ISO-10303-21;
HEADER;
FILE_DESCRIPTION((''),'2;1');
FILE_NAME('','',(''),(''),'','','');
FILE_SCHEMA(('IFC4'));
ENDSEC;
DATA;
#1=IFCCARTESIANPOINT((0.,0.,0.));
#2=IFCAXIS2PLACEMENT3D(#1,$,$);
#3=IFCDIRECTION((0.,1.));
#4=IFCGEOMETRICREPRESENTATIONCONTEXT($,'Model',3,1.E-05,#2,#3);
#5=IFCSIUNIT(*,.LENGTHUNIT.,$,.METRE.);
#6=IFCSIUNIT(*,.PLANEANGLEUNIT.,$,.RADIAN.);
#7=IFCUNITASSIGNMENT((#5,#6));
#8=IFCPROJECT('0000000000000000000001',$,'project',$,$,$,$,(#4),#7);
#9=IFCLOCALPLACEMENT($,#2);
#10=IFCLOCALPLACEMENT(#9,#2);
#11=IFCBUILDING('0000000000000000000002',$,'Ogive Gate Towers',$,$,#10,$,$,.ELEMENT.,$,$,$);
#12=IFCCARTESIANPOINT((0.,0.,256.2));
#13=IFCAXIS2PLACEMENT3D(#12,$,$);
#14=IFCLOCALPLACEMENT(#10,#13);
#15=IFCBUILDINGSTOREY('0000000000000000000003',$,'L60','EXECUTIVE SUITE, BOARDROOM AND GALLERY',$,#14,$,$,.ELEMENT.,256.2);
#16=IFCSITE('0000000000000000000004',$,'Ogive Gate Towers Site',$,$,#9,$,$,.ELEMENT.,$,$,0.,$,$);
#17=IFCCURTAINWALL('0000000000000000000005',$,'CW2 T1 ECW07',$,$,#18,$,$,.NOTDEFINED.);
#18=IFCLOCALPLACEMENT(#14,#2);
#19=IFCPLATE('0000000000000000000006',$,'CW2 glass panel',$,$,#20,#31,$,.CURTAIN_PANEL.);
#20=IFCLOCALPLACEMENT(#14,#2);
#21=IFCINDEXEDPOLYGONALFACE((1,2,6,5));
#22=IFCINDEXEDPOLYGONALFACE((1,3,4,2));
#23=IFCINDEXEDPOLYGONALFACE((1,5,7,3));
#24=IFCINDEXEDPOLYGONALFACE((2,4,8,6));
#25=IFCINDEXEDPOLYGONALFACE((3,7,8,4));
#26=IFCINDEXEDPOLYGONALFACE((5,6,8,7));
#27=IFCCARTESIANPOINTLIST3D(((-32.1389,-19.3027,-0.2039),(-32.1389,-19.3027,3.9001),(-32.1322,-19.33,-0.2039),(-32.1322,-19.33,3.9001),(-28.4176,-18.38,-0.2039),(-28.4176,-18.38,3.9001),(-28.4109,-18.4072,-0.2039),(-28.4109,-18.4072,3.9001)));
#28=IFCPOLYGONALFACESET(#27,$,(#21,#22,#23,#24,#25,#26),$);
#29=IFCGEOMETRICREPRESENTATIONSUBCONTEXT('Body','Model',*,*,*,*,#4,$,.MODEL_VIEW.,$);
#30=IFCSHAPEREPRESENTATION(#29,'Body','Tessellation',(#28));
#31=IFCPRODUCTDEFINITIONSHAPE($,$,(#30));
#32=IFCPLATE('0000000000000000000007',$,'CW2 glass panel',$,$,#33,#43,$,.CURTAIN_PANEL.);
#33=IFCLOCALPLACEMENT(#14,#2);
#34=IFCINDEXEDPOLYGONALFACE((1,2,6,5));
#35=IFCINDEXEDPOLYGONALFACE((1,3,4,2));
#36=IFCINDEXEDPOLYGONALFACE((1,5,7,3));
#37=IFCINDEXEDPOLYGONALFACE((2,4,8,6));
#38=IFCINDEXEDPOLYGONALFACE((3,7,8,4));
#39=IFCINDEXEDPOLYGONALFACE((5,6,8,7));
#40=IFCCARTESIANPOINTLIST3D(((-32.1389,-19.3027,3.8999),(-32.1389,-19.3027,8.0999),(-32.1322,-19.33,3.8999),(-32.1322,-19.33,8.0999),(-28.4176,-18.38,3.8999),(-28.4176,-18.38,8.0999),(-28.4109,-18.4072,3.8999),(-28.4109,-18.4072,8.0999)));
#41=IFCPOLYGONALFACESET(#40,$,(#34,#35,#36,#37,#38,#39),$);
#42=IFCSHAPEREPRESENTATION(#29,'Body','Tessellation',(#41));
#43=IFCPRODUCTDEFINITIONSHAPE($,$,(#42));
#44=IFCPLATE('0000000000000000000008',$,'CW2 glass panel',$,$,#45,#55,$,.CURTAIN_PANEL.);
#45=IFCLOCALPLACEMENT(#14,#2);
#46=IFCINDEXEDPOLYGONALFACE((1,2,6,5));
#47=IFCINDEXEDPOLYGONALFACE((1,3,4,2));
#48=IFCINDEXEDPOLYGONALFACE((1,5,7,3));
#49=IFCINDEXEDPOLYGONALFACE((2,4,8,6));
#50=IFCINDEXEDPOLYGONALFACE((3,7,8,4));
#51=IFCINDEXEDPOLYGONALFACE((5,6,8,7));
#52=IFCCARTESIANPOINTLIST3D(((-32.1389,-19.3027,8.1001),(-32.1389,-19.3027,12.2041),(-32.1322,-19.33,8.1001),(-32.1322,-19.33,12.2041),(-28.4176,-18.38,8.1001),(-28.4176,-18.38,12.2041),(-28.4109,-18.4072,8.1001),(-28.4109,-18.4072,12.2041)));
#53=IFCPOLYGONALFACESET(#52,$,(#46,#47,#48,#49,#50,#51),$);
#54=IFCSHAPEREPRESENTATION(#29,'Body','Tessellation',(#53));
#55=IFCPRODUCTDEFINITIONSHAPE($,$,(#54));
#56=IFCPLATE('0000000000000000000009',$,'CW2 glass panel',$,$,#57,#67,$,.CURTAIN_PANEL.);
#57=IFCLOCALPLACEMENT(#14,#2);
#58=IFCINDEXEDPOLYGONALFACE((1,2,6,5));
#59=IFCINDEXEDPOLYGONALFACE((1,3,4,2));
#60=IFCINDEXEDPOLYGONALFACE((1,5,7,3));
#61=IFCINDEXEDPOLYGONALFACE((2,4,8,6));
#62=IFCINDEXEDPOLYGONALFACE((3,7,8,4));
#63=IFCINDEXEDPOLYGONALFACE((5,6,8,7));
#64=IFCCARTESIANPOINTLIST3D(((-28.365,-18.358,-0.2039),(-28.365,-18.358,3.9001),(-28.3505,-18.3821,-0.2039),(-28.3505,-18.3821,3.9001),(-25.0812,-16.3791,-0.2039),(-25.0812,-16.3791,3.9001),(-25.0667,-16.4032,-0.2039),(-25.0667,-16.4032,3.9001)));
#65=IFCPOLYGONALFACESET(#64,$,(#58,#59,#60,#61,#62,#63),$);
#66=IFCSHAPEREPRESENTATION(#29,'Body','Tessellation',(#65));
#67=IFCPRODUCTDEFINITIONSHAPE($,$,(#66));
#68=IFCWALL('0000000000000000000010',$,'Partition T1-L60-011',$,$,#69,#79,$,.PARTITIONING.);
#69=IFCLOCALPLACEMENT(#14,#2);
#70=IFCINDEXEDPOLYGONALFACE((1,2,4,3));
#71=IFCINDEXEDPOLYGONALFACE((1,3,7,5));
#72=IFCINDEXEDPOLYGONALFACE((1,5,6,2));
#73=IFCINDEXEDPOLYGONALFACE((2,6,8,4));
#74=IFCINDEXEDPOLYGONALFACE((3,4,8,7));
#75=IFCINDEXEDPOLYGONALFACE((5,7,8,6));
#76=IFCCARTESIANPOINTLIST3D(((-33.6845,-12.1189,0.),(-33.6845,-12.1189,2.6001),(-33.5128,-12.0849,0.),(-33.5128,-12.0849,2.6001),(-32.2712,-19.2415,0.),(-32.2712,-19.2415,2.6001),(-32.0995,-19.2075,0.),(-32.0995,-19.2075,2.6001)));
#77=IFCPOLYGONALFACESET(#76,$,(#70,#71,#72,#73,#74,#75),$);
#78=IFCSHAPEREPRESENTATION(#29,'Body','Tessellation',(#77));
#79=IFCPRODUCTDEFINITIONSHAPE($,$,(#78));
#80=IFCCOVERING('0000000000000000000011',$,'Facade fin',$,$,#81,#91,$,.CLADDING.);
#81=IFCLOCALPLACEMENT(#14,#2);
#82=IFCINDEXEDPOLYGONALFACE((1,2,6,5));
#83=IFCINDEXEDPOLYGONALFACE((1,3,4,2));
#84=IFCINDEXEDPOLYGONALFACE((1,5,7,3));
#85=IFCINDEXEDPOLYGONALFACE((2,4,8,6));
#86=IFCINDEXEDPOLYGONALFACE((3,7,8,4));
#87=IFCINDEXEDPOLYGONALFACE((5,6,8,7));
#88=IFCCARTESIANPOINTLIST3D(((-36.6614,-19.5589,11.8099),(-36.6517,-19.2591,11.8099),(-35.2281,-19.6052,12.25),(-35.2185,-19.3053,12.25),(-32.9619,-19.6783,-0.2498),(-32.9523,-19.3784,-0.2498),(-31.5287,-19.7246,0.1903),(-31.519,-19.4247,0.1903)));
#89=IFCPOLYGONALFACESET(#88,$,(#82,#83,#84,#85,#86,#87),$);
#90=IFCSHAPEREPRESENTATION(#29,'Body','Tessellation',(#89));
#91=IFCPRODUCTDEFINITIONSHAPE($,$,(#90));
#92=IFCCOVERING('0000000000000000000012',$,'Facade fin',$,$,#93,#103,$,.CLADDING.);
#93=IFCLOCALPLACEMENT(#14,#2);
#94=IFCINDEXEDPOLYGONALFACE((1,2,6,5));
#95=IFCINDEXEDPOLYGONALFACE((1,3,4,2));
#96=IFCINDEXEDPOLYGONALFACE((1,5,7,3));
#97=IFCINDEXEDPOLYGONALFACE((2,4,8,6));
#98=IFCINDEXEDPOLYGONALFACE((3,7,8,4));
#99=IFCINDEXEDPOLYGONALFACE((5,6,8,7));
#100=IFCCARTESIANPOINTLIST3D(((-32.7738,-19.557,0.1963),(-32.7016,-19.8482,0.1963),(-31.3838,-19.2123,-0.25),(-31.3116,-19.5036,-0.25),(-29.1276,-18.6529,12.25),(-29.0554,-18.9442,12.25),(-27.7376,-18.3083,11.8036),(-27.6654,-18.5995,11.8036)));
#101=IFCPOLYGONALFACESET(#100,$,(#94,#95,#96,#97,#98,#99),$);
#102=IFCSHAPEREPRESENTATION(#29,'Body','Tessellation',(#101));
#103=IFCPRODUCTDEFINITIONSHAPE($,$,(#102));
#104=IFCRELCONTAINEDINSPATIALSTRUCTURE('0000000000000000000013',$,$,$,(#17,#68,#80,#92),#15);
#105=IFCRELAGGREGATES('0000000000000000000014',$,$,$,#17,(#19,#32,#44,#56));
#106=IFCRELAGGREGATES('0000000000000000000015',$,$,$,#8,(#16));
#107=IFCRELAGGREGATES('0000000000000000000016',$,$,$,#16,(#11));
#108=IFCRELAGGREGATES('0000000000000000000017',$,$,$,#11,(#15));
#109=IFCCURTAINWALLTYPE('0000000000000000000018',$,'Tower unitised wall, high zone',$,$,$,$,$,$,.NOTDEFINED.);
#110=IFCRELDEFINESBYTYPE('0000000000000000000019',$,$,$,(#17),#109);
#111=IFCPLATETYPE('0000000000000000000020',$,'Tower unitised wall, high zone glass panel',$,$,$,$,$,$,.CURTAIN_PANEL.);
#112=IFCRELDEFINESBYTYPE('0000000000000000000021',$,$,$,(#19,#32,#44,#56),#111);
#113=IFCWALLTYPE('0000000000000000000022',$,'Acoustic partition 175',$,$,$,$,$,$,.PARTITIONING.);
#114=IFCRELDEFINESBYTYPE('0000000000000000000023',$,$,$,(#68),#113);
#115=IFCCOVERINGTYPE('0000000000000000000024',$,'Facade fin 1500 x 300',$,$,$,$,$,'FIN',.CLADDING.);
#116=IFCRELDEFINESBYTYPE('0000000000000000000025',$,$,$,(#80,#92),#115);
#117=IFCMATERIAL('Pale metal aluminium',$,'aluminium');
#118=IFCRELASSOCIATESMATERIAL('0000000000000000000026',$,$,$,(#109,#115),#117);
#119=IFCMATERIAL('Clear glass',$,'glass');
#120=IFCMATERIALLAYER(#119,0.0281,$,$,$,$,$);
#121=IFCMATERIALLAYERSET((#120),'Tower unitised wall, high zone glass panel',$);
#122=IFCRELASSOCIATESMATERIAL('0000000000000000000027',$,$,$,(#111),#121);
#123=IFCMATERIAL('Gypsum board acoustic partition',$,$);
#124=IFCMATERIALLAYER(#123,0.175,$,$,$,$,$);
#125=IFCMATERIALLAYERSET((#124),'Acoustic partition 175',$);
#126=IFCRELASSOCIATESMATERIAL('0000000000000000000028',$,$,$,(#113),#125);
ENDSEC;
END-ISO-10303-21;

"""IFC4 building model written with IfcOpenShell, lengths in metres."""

from ifc_helpers import new_model, si_unit, direction, frame, frame_2d, origin, origin_2d, place, context, subcontext, project, spatial, rectangle, extrude, material, layer, layer_set, material_profile, profile_set, type_object, element, aggregate, save


model = new_model("IFC4")

# Units and contexts
model_context = context("Model", 3, precision=1e-05, world=origin(), true_north=direction((0.0, 1.0)))
body_context = subcontext(model_context, "Body", "Model", "MODEL_VIEW")
ifc_project = project(units=[si_unit("LENGTHUNIT", "METRE"), si_unit("PLANEANGLEUNIT", "RADIAN")], contexts=[model_context])

# Site, building, storey
site_placement = place(None, origin())
site = spatial("IfcSite", under=ifc_project, at=site_placement, Name="Ogive Gate Towers Site", CompositionType="ELEMENT", RefElevation=0.0)
building_placement = place(site_placement, origin())
building = spatial("IfcBuilding", under=site, at=building_placement, Name="Ogive Gate Towers", CompositionType="ELEMENT")
storey_placement = place(building_placement, frame((0.0, 0.0, 256.2)))
storey = spatial("IfcBuildingStorey", under=building, at=storey_placement, Name="L60", Description="EXECUTIVE SUITE, BOARDROOM AND GALLERY", CompositionType="ELEMENT", Elevation=256.2)

# Curtain wall, plates
ifc_material_1 = material(Name="Pale metal aluminium", Category="aluminium")
curtain_wall_type = type_object("IfcCurtainWallType", Name="Tower unitised wall, high zone", PredefinedType="NOTDEFINED", material=ifc_material_1)
curtain_wall_placement = place(storey_placement, origin())
curtain_wall = element("IfcCurtainWall", 1, at=curtain_wall_placement, inside=storey, type_object=curtain_wall_type, Name="CW2 T1 ECW07", PredefinedType="NOTDEFINED")
ifc_material_2 = material(Name="Clear glass", Category="glass")
ifc_layer_1 = layer(ifc_material_2, 0.0281)
ifc_layer_set_1 = layer_set([ifc_layer_1], Name="Tower unitised wall, high zone glass panel")
plate_type = type_object("IfcPlateType", Name="Tower unitised wall, high zone glass panel", PredefinedType="CURTAIN_PANEL", material=ifc_layer_set_1)
plate_1_placement = place(storey_placement, frame((-30.2749, -18.855, -0.2039), z_axis=(0.0, 0.0, 1.0), x_axis=(0.970607, 0.240669, 0.0)))
plate_1 = element("IfcPlate", 2, at=plate_1_placement, type_object=plate_type, Name="CW2 glass panel", PredefinedType="CURTAIN_PANEL", context=body_context, shape_type="SweptSolid", body=[
    extrude(rectangle(XDim=3.834, YDim=0.0281, at=origin_2d()), origin(), (0.0, 0.0, 1.0), 4.104),
])
plate_2_placement = place(storey_placement, frame((-30.2749, -18.855, 3.8999), z_axis=(0.0, 0.0, 1.0), x_axis=(0.970607, 0.240669, 0.0)))
plate_2 = element("IfcPlate", 3, at=plate_2_placement, type_object=plate_type, Name="CW2 glass panel", PredefinedType="CURTAIN_PANEL", context=body_context, shape_type="SweptSolid", body=[
    extrude(rectangle(XDim=3.834, YDim=0.0281, at=origin_2d()), origin(), (0.0, 0.0, 1.0), 4.2),
])
plate_3_placement = place(storey_placement, frame((-30.2749, -18.855, 8.1001), z_axis=(0.0, 0.0, 1.0), x_axis=(0.970607, 0.240669, 0.0)))
plate_3 = element("IfcPlate", 4, at=plate_3_placement, type_object=plate_type, Name="CW2 glass panel", PredefinedType="CURTAIN_PANEL", context=body_context, shape_type="SweptSolid", body=[
    extrude(rectangle(XDim=3.834, YDim=0.0281, at=origin_2d()), origin(), (0.0, 0.0, 1.0), 4.104),
])
plate_4_placement = place(storey_placement, frame((-26.7158, -17.3806, -0.2039), z_axis=(0.0, 0.0, 1.0), x_axis=(0.856501, 0.516145, 0.0)))
plate_4 = element("IfcPlate", 5, at=plate_4_placement, type_object=plate_type, Name="CW2 glass panel", PredefinedType="CURTAIN_PANEL", context=body_context, shape_type="SweptSolid", body=[
    extrude(rectangle(XDim=3.834, YDim=0.0281, at=origin_2d()), origin(), (0.0, 0.0, 1.0), 4.104),
])
aggregate(curtain_wall, [plate_1, plate_2, plate_3, plate_4])

# Wall
ifc_material_3 = material(Name="Gypsum board acoustic partition")
ifc_layer_2 = layer(ifc_material_3, 0.175)
ifc_layer_set_2 = layer_set([ifc_layer_2], Name="Acoustic partition 175")
wall_type = type_object("IfcWallType", Name="Acoustic partition 175", PredefinedType="PARTITIONING", material=ifc_layer_set_2)
wall_placement = place(storey_placement, frame((-32.1853, -19.2246, 0.0), z_axis=(0.0, 0.0, 1.0), x_axis=(-0.194635, 0.980876, 0.0)))
element("IfcWall", 6, at=wall_placement, inside=storey, type_object=wall_type, Name="Partition T1-L60-011", PredefinedType="PARTITIONING", context=body_context, shape_type="SweptSolid", body=[
    extrude(rectangle(XDim=7.2615, YDim=0.175, at=frame_2d((3.6309, 0.0))), origin(), (0.0, 0.0, 1.0), 2.6001),
])

# Coverings
ifc_material_profile_1 = material_profile(ifc_material_1, rectangle(XDim=0.3, YDim=1.5, at=origin_2d()), Name="1500 x 300 pale metal aluminium")
ifc_profile_set_1 = profile_set([ifc_material_profile_1], Name="Pale metal aluminium")
covering_type = type_object("IfcCoveringType", Name="Facade fin 1500 x 300", ElementType="FIN", PredefinedType="CLADDING", material=ifc_profile_set_1)
covering_1_placement = place(storey_placement, frame((-32.2405, -19.5515, -0.0298), z_axis=(-0.293258, 0.009464, 0.955987), x_axis=(-0.032254, -0.99948, 0.0)))
element("IfcCovering", 7, at=covering_1_placement, inside=storey, type_object=covering_type, Name="Facade fin", PredefinedType="CLADDING", context=body_context, shape_type="SweptSolid", body=[
    extrude(rectangle(XDim=0.3, YDim=1.5, at=origin_2d()), origin(), (0.0, 0.0, 1.0), 12.615),
])
covering_2_placement = place(storey_placement, frame((-32.0427, -19.5303, -0.0269), z_axis=(0.288799, 0.071605, 0.954708), x_axis=(-0.240654, 0.970611, 0.0)))
element("IfcCovering", 8, at=covering_2_placement, inside=storey, type_object=covering_type, Name="Facade fin", PredefinedType="CLADDING", context=body_context, shape_type="SweptSolid", body=[
    extrude(rectangle(XDim=0.3, YDim=1.5, at=origin_2d()), origin(), (0.0, 0.0, 1.0), 12.6255),
])

save(model, "model.ifc")
